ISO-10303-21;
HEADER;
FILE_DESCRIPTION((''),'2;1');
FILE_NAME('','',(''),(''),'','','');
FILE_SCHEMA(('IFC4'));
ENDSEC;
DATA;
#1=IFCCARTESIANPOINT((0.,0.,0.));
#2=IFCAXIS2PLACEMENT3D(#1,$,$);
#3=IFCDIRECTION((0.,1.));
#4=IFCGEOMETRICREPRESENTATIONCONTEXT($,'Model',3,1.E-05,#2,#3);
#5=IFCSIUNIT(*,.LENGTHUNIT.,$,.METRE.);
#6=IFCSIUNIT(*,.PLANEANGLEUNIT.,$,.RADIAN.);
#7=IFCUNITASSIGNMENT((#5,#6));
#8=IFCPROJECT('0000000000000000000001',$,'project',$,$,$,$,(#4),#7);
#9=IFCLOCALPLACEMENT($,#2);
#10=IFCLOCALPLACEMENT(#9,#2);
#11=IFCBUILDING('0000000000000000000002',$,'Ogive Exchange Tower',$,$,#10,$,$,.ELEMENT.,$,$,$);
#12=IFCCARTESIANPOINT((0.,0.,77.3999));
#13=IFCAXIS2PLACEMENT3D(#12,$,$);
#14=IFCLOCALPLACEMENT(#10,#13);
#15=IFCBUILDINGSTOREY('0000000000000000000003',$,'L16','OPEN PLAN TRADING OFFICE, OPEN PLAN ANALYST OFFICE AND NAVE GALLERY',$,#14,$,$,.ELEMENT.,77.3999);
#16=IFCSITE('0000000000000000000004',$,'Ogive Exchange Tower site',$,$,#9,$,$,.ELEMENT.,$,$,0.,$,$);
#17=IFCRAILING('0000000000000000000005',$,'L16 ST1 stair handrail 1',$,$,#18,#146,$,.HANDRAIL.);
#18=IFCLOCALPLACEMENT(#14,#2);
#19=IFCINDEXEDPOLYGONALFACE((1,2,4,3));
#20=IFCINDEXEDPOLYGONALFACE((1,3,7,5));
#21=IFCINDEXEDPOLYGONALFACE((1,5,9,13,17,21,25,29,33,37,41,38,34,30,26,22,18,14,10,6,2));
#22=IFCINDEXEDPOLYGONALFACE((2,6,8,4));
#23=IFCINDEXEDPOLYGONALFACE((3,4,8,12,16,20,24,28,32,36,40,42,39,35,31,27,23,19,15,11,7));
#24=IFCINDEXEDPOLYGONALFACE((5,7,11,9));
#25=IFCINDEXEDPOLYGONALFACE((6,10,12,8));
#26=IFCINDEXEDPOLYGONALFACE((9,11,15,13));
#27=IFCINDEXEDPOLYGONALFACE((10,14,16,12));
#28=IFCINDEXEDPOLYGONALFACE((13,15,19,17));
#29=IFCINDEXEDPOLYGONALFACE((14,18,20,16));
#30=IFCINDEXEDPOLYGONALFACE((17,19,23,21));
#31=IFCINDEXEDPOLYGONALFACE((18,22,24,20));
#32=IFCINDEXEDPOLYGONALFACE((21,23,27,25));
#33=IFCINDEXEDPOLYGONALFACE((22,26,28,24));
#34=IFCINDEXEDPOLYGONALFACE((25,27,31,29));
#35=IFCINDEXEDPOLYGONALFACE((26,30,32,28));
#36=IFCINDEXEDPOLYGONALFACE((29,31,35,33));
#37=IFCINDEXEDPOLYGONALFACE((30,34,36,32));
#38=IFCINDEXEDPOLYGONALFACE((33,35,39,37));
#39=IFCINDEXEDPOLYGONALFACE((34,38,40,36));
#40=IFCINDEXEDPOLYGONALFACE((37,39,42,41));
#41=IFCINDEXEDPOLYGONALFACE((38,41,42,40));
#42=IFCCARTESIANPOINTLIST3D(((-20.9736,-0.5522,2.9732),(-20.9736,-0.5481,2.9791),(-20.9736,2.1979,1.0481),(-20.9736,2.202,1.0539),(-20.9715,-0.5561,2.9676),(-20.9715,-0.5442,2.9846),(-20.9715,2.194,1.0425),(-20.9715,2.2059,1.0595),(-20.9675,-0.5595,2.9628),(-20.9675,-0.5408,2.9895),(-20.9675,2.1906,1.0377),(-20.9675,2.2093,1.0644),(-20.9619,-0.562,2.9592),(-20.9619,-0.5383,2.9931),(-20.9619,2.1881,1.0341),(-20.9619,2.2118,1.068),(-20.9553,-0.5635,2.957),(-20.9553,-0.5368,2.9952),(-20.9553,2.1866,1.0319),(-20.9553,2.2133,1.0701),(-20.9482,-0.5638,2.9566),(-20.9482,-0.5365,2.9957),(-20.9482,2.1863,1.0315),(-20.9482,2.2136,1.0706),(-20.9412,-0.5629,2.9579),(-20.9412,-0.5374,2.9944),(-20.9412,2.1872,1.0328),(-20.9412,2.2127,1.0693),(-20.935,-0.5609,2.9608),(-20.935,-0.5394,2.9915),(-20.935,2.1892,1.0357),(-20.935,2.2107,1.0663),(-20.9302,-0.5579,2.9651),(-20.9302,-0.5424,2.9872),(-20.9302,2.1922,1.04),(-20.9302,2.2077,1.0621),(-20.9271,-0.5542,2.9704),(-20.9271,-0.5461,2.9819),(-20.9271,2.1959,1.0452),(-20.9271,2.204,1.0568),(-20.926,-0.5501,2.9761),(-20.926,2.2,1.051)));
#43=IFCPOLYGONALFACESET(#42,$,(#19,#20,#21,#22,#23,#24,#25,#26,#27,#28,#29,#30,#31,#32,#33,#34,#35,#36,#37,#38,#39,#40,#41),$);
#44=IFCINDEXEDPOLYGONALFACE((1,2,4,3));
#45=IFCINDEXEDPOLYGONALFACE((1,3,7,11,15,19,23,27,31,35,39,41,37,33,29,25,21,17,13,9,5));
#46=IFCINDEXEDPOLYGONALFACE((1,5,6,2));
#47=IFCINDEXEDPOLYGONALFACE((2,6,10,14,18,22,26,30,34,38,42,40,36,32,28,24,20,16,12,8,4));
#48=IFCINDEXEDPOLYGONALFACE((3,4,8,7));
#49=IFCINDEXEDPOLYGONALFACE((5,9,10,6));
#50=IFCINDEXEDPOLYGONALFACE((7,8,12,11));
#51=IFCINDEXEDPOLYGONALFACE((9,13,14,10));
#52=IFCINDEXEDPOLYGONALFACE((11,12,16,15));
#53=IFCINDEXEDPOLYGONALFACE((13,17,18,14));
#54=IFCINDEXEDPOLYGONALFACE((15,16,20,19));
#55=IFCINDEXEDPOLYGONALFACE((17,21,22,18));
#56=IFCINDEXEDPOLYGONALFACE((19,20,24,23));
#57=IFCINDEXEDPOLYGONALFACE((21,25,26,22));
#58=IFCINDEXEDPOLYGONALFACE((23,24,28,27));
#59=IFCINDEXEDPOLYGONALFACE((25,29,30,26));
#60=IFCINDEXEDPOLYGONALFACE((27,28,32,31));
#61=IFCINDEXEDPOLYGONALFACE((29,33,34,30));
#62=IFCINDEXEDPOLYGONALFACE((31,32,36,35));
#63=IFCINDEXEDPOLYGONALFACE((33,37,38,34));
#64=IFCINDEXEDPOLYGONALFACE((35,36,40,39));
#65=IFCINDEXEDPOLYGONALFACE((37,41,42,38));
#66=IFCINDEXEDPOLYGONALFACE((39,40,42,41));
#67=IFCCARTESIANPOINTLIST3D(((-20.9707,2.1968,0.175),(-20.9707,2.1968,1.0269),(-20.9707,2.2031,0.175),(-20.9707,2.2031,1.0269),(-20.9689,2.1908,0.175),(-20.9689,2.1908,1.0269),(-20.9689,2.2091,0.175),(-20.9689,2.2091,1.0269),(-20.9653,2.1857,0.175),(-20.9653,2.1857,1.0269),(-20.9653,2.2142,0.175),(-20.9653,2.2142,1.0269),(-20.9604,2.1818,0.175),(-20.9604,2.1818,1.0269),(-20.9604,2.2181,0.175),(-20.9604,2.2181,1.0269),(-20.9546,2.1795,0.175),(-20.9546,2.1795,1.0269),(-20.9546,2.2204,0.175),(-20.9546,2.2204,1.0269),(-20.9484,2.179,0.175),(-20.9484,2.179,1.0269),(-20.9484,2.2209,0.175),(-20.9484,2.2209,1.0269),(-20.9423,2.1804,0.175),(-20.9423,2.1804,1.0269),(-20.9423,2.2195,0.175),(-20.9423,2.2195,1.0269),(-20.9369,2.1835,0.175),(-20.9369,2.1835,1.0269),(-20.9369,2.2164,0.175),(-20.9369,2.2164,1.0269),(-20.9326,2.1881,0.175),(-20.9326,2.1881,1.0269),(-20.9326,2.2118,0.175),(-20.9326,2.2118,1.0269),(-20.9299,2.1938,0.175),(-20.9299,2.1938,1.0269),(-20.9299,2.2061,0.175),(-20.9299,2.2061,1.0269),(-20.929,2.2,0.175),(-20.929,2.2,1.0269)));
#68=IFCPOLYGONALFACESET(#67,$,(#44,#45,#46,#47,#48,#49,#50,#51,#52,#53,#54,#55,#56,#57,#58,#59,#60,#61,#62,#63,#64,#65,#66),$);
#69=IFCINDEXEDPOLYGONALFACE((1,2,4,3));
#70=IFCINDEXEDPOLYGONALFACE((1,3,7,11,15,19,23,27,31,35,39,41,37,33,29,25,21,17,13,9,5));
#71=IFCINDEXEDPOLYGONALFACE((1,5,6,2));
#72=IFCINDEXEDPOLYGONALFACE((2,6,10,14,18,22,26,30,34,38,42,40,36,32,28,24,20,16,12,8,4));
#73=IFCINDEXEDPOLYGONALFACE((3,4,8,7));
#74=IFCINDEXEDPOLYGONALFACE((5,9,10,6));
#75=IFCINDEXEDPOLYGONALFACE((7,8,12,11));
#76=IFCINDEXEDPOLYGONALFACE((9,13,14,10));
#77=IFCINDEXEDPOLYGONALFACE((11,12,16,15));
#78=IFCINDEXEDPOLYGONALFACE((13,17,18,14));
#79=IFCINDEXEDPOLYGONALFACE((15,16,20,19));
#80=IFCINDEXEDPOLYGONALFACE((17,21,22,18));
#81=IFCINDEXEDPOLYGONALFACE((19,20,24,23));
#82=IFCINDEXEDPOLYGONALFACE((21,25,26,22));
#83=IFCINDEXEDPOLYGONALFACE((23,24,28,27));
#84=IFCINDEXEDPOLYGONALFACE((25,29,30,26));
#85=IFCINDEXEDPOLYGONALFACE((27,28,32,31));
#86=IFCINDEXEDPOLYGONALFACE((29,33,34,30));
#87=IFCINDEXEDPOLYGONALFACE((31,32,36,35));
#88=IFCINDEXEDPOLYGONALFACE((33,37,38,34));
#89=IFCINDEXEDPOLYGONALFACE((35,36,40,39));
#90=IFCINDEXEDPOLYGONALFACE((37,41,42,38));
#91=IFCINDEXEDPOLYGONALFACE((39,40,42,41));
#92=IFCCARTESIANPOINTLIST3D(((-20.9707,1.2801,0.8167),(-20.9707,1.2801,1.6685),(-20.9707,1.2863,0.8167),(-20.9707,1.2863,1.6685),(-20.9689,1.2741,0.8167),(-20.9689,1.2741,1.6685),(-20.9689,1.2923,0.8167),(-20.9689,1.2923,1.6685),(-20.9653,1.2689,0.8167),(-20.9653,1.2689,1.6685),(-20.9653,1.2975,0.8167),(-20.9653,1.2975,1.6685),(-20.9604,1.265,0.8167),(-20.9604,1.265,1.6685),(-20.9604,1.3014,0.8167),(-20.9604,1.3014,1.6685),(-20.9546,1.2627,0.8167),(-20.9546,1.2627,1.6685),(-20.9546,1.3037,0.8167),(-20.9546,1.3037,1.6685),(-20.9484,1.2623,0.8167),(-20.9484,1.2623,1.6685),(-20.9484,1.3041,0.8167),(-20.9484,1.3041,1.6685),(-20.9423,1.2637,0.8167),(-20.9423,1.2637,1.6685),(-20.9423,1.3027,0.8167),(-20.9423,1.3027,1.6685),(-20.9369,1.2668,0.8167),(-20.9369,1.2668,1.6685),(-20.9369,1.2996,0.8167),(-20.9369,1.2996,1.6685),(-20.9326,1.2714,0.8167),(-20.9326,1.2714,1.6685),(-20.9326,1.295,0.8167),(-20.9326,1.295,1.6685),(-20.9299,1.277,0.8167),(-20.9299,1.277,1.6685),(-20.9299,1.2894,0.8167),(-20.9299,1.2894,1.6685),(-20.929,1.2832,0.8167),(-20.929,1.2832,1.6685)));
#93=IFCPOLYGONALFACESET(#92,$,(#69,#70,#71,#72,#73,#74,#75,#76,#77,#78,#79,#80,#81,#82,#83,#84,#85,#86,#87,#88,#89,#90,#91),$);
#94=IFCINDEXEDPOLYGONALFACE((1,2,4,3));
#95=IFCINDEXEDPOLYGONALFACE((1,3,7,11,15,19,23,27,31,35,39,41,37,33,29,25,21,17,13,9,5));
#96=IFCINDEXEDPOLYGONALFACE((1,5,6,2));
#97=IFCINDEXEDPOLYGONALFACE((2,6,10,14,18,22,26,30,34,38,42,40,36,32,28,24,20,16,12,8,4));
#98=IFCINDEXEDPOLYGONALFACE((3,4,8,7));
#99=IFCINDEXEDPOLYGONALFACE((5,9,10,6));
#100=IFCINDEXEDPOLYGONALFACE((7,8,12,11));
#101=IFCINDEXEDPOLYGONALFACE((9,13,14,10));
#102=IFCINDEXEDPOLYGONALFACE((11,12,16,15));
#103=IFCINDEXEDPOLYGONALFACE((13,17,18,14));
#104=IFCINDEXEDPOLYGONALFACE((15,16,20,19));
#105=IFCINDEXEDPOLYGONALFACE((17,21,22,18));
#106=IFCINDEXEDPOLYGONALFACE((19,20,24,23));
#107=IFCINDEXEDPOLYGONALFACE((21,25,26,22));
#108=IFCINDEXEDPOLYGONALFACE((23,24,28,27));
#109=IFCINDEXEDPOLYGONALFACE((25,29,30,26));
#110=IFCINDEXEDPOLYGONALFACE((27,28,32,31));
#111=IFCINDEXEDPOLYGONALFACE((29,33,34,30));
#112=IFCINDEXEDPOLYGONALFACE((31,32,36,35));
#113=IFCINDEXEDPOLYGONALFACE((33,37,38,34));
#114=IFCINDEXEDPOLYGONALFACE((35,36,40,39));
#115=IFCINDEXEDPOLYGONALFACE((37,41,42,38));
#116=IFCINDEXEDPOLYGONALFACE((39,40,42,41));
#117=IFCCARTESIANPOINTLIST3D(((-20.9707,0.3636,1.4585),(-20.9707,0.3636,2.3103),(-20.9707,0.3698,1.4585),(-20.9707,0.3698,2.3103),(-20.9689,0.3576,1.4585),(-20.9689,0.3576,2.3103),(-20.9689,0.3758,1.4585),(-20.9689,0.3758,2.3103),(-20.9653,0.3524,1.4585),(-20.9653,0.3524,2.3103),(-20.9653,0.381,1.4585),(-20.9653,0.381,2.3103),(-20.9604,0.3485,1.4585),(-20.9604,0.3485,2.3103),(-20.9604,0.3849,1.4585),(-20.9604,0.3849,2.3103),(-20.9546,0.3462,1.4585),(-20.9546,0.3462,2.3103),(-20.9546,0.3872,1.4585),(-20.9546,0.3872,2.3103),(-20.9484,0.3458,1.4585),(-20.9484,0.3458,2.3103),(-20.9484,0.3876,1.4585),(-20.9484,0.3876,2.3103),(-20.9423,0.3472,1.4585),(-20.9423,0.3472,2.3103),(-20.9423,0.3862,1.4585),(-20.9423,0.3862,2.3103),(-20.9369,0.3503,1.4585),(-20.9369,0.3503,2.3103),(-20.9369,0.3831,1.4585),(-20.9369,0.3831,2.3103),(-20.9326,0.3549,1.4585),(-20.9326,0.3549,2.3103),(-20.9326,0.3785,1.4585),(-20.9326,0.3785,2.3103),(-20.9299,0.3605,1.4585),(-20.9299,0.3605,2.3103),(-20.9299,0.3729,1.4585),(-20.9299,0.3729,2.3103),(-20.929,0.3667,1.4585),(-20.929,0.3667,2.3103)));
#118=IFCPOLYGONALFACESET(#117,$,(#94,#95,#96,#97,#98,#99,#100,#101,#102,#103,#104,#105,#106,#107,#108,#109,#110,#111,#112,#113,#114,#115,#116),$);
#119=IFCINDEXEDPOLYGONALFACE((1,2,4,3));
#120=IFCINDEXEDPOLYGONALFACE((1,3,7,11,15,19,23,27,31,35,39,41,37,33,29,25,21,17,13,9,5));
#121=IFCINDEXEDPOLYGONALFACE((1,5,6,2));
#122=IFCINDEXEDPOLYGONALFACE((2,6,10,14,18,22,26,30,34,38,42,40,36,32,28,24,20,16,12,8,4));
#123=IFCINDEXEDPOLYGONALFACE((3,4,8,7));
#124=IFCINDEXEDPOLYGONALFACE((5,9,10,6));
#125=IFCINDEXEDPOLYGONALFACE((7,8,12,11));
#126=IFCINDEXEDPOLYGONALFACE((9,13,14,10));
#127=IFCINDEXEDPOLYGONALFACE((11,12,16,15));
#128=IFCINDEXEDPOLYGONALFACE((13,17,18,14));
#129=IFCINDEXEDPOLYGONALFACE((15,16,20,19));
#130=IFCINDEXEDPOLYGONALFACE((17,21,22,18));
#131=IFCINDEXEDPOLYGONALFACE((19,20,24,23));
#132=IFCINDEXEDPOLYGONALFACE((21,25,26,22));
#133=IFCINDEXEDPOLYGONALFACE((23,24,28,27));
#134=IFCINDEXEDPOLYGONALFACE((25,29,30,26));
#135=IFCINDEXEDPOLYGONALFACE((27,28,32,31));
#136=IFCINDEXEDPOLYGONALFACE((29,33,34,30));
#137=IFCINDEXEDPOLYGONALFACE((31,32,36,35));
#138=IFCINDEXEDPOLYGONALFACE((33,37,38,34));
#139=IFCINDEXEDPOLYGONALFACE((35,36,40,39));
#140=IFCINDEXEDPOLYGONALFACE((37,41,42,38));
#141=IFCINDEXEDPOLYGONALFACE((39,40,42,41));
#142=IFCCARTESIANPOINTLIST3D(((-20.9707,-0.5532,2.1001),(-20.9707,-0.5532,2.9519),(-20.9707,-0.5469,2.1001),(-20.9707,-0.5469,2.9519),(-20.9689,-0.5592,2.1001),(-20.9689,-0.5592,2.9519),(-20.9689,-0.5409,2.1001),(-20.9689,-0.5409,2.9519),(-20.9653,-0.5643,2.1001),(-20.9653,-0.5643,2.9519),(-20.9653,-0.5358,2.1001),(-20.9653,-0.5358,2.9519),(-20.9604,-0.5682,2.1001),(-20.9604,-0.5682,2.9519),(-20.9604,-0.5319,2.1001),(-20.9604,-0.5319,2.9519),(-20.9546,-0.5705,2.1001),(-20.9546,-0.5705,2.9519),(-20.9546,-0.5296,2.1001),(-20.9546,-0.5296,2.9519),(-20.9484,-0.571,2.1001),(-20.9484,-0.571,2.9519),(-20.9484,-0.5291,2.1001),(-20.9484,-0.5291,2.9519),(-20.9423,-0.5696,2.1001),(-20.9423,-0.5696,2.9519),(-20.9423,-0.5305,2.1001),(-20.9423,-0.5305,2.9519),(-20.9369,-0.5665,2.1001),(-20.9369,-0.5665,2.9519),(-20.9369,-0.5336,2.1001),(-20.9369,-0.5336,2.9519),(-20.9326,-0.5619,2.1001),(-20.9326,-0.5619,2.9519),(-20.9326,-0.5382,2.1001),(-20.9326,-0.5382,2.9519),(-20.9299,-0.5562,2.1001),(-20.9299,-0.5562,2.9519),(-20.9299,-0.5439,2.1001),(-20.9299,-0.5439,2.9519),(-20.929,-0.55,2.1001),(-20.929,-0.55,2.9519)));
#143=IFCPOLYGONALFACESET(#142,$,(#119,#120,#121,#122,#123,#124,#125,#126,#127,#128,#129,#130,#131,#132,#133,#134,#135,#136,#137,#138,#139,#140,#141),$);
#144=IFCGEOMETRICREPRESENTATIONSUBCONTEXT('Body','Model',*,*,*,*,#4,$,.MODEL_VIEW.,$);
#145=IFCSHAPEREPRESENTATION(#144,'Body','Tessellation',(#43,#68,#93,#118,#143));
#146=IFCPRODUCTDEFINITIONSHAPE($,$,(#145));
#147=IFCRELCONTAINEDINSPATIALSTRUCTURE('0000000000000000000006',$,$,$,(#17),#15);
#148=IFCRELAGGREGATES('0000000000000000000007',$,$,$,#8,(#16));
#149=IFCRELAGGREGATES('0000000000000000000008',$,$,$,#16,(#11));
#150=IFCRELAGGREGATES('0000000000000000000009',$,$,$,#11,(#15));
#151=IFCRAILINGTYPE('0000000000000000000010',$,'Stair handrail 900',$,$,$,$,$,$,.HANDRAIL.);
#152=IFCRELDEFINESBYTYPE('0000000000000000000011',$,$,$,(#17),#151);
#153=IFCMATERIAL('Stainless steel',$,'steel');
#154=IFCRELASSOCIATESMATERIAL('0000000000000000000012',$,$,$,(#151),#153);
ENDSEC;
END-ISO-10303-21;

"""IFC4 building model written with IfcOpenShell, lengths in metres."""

from ifc_helpers import new_model, si_unit, direction, frame, origin, origin_2d, place, context, subcontext, project, spatial, circle, extrude, material, type_object, element, save


model = new_model("IFC4")

# Units and contexts
model_context = context("Model", 3, precision=1e-05, world=origin(), true_north=direction((0.0, 1.0)))
body_context = subcontext(model_context, "Body", "Model", "MODEL_VIEW")
ifc_project = project(units=[si_unit("LENGTHUNIT", "METRE"), si_unit("PLANEANGLEUNIT", "RADIAN")], contexts=[model_context])

# Site, building, storey
site_placement = place(None, origin())
site = spatial("IfcSite", under=ifc_project, at=site_placement, Name="Ogive Exchange Tower site", CompositionType="ELEMENT", RefElevation=0.0)
building_placement = place(site_placement, origin())
building = spatial("IfcBuilding", under=site, at=building_placement, Name="Ogive Exchange Tower", CompositionType="ELEMENT")
storey_placement = place(building_placement, frame((0.0, 0.0, 77.3999)))
storey = spatial("IfcBuildingStorey", under=building, at=storey_placement, Name="L16", Description="OPEN PLAN TRADING OFFICE, OPEN PLAN ANALYST OFFICE AND NAVE GALLERY", CompositionType="ELEMENT", Elevation=77.3999)

# Railing
ifc_material_1 = material(Name="Stainless steel", Category="steel")
railing_type = type_object("IfcRailingType", Name="Stair handrail 900", PredefinedType="HANDRAIL", material=ifc_material_1)
railing_placement = place(storey_placement, frame((-20.95, 2.2, 0.175)))
element("IfcRailing", 1, at=railing_placement, inside=storey, type_object=railing_type, Name="L16 ST1 stair handrail 1", PredefinedType="HANDRAIL", context=body_context, shape_type="SweptSolid", body=[
    extrude(circle(Radius=0.0239, at=origin_2d()), frame((0.0, 0.0, 0.876), z_axis=(0.0, -0.819225, 0.573472), x_axis=(1.0, 0.0, 0.0)), (0.0, 0.0, 1.0), 3.3569),
    extrude(circle(Radius=0.021, at=origin_2d()), origin(), (0.0, 0.0, 1.0), 0.8518),
    extrude(circle(Radius=0.021, at=origin_2d()), frame((0.0, -0.9167, 0.6416)), (0.0, 0.0, 1.0), 0.8518),
    extrude(circle(Radius=0.021, at=origin_2d()), frame((0.0, -1.8333, 1.2834)), (0.0, 0.0, 1.0), 0.8518),
    extrude(circle(Radius=0.021, at=origin_2d()), frame((0.0, -2.75, 1.925)), (0.0, 0.0, 1.0), 0.8518),
])

save(model, "model.ifc")
